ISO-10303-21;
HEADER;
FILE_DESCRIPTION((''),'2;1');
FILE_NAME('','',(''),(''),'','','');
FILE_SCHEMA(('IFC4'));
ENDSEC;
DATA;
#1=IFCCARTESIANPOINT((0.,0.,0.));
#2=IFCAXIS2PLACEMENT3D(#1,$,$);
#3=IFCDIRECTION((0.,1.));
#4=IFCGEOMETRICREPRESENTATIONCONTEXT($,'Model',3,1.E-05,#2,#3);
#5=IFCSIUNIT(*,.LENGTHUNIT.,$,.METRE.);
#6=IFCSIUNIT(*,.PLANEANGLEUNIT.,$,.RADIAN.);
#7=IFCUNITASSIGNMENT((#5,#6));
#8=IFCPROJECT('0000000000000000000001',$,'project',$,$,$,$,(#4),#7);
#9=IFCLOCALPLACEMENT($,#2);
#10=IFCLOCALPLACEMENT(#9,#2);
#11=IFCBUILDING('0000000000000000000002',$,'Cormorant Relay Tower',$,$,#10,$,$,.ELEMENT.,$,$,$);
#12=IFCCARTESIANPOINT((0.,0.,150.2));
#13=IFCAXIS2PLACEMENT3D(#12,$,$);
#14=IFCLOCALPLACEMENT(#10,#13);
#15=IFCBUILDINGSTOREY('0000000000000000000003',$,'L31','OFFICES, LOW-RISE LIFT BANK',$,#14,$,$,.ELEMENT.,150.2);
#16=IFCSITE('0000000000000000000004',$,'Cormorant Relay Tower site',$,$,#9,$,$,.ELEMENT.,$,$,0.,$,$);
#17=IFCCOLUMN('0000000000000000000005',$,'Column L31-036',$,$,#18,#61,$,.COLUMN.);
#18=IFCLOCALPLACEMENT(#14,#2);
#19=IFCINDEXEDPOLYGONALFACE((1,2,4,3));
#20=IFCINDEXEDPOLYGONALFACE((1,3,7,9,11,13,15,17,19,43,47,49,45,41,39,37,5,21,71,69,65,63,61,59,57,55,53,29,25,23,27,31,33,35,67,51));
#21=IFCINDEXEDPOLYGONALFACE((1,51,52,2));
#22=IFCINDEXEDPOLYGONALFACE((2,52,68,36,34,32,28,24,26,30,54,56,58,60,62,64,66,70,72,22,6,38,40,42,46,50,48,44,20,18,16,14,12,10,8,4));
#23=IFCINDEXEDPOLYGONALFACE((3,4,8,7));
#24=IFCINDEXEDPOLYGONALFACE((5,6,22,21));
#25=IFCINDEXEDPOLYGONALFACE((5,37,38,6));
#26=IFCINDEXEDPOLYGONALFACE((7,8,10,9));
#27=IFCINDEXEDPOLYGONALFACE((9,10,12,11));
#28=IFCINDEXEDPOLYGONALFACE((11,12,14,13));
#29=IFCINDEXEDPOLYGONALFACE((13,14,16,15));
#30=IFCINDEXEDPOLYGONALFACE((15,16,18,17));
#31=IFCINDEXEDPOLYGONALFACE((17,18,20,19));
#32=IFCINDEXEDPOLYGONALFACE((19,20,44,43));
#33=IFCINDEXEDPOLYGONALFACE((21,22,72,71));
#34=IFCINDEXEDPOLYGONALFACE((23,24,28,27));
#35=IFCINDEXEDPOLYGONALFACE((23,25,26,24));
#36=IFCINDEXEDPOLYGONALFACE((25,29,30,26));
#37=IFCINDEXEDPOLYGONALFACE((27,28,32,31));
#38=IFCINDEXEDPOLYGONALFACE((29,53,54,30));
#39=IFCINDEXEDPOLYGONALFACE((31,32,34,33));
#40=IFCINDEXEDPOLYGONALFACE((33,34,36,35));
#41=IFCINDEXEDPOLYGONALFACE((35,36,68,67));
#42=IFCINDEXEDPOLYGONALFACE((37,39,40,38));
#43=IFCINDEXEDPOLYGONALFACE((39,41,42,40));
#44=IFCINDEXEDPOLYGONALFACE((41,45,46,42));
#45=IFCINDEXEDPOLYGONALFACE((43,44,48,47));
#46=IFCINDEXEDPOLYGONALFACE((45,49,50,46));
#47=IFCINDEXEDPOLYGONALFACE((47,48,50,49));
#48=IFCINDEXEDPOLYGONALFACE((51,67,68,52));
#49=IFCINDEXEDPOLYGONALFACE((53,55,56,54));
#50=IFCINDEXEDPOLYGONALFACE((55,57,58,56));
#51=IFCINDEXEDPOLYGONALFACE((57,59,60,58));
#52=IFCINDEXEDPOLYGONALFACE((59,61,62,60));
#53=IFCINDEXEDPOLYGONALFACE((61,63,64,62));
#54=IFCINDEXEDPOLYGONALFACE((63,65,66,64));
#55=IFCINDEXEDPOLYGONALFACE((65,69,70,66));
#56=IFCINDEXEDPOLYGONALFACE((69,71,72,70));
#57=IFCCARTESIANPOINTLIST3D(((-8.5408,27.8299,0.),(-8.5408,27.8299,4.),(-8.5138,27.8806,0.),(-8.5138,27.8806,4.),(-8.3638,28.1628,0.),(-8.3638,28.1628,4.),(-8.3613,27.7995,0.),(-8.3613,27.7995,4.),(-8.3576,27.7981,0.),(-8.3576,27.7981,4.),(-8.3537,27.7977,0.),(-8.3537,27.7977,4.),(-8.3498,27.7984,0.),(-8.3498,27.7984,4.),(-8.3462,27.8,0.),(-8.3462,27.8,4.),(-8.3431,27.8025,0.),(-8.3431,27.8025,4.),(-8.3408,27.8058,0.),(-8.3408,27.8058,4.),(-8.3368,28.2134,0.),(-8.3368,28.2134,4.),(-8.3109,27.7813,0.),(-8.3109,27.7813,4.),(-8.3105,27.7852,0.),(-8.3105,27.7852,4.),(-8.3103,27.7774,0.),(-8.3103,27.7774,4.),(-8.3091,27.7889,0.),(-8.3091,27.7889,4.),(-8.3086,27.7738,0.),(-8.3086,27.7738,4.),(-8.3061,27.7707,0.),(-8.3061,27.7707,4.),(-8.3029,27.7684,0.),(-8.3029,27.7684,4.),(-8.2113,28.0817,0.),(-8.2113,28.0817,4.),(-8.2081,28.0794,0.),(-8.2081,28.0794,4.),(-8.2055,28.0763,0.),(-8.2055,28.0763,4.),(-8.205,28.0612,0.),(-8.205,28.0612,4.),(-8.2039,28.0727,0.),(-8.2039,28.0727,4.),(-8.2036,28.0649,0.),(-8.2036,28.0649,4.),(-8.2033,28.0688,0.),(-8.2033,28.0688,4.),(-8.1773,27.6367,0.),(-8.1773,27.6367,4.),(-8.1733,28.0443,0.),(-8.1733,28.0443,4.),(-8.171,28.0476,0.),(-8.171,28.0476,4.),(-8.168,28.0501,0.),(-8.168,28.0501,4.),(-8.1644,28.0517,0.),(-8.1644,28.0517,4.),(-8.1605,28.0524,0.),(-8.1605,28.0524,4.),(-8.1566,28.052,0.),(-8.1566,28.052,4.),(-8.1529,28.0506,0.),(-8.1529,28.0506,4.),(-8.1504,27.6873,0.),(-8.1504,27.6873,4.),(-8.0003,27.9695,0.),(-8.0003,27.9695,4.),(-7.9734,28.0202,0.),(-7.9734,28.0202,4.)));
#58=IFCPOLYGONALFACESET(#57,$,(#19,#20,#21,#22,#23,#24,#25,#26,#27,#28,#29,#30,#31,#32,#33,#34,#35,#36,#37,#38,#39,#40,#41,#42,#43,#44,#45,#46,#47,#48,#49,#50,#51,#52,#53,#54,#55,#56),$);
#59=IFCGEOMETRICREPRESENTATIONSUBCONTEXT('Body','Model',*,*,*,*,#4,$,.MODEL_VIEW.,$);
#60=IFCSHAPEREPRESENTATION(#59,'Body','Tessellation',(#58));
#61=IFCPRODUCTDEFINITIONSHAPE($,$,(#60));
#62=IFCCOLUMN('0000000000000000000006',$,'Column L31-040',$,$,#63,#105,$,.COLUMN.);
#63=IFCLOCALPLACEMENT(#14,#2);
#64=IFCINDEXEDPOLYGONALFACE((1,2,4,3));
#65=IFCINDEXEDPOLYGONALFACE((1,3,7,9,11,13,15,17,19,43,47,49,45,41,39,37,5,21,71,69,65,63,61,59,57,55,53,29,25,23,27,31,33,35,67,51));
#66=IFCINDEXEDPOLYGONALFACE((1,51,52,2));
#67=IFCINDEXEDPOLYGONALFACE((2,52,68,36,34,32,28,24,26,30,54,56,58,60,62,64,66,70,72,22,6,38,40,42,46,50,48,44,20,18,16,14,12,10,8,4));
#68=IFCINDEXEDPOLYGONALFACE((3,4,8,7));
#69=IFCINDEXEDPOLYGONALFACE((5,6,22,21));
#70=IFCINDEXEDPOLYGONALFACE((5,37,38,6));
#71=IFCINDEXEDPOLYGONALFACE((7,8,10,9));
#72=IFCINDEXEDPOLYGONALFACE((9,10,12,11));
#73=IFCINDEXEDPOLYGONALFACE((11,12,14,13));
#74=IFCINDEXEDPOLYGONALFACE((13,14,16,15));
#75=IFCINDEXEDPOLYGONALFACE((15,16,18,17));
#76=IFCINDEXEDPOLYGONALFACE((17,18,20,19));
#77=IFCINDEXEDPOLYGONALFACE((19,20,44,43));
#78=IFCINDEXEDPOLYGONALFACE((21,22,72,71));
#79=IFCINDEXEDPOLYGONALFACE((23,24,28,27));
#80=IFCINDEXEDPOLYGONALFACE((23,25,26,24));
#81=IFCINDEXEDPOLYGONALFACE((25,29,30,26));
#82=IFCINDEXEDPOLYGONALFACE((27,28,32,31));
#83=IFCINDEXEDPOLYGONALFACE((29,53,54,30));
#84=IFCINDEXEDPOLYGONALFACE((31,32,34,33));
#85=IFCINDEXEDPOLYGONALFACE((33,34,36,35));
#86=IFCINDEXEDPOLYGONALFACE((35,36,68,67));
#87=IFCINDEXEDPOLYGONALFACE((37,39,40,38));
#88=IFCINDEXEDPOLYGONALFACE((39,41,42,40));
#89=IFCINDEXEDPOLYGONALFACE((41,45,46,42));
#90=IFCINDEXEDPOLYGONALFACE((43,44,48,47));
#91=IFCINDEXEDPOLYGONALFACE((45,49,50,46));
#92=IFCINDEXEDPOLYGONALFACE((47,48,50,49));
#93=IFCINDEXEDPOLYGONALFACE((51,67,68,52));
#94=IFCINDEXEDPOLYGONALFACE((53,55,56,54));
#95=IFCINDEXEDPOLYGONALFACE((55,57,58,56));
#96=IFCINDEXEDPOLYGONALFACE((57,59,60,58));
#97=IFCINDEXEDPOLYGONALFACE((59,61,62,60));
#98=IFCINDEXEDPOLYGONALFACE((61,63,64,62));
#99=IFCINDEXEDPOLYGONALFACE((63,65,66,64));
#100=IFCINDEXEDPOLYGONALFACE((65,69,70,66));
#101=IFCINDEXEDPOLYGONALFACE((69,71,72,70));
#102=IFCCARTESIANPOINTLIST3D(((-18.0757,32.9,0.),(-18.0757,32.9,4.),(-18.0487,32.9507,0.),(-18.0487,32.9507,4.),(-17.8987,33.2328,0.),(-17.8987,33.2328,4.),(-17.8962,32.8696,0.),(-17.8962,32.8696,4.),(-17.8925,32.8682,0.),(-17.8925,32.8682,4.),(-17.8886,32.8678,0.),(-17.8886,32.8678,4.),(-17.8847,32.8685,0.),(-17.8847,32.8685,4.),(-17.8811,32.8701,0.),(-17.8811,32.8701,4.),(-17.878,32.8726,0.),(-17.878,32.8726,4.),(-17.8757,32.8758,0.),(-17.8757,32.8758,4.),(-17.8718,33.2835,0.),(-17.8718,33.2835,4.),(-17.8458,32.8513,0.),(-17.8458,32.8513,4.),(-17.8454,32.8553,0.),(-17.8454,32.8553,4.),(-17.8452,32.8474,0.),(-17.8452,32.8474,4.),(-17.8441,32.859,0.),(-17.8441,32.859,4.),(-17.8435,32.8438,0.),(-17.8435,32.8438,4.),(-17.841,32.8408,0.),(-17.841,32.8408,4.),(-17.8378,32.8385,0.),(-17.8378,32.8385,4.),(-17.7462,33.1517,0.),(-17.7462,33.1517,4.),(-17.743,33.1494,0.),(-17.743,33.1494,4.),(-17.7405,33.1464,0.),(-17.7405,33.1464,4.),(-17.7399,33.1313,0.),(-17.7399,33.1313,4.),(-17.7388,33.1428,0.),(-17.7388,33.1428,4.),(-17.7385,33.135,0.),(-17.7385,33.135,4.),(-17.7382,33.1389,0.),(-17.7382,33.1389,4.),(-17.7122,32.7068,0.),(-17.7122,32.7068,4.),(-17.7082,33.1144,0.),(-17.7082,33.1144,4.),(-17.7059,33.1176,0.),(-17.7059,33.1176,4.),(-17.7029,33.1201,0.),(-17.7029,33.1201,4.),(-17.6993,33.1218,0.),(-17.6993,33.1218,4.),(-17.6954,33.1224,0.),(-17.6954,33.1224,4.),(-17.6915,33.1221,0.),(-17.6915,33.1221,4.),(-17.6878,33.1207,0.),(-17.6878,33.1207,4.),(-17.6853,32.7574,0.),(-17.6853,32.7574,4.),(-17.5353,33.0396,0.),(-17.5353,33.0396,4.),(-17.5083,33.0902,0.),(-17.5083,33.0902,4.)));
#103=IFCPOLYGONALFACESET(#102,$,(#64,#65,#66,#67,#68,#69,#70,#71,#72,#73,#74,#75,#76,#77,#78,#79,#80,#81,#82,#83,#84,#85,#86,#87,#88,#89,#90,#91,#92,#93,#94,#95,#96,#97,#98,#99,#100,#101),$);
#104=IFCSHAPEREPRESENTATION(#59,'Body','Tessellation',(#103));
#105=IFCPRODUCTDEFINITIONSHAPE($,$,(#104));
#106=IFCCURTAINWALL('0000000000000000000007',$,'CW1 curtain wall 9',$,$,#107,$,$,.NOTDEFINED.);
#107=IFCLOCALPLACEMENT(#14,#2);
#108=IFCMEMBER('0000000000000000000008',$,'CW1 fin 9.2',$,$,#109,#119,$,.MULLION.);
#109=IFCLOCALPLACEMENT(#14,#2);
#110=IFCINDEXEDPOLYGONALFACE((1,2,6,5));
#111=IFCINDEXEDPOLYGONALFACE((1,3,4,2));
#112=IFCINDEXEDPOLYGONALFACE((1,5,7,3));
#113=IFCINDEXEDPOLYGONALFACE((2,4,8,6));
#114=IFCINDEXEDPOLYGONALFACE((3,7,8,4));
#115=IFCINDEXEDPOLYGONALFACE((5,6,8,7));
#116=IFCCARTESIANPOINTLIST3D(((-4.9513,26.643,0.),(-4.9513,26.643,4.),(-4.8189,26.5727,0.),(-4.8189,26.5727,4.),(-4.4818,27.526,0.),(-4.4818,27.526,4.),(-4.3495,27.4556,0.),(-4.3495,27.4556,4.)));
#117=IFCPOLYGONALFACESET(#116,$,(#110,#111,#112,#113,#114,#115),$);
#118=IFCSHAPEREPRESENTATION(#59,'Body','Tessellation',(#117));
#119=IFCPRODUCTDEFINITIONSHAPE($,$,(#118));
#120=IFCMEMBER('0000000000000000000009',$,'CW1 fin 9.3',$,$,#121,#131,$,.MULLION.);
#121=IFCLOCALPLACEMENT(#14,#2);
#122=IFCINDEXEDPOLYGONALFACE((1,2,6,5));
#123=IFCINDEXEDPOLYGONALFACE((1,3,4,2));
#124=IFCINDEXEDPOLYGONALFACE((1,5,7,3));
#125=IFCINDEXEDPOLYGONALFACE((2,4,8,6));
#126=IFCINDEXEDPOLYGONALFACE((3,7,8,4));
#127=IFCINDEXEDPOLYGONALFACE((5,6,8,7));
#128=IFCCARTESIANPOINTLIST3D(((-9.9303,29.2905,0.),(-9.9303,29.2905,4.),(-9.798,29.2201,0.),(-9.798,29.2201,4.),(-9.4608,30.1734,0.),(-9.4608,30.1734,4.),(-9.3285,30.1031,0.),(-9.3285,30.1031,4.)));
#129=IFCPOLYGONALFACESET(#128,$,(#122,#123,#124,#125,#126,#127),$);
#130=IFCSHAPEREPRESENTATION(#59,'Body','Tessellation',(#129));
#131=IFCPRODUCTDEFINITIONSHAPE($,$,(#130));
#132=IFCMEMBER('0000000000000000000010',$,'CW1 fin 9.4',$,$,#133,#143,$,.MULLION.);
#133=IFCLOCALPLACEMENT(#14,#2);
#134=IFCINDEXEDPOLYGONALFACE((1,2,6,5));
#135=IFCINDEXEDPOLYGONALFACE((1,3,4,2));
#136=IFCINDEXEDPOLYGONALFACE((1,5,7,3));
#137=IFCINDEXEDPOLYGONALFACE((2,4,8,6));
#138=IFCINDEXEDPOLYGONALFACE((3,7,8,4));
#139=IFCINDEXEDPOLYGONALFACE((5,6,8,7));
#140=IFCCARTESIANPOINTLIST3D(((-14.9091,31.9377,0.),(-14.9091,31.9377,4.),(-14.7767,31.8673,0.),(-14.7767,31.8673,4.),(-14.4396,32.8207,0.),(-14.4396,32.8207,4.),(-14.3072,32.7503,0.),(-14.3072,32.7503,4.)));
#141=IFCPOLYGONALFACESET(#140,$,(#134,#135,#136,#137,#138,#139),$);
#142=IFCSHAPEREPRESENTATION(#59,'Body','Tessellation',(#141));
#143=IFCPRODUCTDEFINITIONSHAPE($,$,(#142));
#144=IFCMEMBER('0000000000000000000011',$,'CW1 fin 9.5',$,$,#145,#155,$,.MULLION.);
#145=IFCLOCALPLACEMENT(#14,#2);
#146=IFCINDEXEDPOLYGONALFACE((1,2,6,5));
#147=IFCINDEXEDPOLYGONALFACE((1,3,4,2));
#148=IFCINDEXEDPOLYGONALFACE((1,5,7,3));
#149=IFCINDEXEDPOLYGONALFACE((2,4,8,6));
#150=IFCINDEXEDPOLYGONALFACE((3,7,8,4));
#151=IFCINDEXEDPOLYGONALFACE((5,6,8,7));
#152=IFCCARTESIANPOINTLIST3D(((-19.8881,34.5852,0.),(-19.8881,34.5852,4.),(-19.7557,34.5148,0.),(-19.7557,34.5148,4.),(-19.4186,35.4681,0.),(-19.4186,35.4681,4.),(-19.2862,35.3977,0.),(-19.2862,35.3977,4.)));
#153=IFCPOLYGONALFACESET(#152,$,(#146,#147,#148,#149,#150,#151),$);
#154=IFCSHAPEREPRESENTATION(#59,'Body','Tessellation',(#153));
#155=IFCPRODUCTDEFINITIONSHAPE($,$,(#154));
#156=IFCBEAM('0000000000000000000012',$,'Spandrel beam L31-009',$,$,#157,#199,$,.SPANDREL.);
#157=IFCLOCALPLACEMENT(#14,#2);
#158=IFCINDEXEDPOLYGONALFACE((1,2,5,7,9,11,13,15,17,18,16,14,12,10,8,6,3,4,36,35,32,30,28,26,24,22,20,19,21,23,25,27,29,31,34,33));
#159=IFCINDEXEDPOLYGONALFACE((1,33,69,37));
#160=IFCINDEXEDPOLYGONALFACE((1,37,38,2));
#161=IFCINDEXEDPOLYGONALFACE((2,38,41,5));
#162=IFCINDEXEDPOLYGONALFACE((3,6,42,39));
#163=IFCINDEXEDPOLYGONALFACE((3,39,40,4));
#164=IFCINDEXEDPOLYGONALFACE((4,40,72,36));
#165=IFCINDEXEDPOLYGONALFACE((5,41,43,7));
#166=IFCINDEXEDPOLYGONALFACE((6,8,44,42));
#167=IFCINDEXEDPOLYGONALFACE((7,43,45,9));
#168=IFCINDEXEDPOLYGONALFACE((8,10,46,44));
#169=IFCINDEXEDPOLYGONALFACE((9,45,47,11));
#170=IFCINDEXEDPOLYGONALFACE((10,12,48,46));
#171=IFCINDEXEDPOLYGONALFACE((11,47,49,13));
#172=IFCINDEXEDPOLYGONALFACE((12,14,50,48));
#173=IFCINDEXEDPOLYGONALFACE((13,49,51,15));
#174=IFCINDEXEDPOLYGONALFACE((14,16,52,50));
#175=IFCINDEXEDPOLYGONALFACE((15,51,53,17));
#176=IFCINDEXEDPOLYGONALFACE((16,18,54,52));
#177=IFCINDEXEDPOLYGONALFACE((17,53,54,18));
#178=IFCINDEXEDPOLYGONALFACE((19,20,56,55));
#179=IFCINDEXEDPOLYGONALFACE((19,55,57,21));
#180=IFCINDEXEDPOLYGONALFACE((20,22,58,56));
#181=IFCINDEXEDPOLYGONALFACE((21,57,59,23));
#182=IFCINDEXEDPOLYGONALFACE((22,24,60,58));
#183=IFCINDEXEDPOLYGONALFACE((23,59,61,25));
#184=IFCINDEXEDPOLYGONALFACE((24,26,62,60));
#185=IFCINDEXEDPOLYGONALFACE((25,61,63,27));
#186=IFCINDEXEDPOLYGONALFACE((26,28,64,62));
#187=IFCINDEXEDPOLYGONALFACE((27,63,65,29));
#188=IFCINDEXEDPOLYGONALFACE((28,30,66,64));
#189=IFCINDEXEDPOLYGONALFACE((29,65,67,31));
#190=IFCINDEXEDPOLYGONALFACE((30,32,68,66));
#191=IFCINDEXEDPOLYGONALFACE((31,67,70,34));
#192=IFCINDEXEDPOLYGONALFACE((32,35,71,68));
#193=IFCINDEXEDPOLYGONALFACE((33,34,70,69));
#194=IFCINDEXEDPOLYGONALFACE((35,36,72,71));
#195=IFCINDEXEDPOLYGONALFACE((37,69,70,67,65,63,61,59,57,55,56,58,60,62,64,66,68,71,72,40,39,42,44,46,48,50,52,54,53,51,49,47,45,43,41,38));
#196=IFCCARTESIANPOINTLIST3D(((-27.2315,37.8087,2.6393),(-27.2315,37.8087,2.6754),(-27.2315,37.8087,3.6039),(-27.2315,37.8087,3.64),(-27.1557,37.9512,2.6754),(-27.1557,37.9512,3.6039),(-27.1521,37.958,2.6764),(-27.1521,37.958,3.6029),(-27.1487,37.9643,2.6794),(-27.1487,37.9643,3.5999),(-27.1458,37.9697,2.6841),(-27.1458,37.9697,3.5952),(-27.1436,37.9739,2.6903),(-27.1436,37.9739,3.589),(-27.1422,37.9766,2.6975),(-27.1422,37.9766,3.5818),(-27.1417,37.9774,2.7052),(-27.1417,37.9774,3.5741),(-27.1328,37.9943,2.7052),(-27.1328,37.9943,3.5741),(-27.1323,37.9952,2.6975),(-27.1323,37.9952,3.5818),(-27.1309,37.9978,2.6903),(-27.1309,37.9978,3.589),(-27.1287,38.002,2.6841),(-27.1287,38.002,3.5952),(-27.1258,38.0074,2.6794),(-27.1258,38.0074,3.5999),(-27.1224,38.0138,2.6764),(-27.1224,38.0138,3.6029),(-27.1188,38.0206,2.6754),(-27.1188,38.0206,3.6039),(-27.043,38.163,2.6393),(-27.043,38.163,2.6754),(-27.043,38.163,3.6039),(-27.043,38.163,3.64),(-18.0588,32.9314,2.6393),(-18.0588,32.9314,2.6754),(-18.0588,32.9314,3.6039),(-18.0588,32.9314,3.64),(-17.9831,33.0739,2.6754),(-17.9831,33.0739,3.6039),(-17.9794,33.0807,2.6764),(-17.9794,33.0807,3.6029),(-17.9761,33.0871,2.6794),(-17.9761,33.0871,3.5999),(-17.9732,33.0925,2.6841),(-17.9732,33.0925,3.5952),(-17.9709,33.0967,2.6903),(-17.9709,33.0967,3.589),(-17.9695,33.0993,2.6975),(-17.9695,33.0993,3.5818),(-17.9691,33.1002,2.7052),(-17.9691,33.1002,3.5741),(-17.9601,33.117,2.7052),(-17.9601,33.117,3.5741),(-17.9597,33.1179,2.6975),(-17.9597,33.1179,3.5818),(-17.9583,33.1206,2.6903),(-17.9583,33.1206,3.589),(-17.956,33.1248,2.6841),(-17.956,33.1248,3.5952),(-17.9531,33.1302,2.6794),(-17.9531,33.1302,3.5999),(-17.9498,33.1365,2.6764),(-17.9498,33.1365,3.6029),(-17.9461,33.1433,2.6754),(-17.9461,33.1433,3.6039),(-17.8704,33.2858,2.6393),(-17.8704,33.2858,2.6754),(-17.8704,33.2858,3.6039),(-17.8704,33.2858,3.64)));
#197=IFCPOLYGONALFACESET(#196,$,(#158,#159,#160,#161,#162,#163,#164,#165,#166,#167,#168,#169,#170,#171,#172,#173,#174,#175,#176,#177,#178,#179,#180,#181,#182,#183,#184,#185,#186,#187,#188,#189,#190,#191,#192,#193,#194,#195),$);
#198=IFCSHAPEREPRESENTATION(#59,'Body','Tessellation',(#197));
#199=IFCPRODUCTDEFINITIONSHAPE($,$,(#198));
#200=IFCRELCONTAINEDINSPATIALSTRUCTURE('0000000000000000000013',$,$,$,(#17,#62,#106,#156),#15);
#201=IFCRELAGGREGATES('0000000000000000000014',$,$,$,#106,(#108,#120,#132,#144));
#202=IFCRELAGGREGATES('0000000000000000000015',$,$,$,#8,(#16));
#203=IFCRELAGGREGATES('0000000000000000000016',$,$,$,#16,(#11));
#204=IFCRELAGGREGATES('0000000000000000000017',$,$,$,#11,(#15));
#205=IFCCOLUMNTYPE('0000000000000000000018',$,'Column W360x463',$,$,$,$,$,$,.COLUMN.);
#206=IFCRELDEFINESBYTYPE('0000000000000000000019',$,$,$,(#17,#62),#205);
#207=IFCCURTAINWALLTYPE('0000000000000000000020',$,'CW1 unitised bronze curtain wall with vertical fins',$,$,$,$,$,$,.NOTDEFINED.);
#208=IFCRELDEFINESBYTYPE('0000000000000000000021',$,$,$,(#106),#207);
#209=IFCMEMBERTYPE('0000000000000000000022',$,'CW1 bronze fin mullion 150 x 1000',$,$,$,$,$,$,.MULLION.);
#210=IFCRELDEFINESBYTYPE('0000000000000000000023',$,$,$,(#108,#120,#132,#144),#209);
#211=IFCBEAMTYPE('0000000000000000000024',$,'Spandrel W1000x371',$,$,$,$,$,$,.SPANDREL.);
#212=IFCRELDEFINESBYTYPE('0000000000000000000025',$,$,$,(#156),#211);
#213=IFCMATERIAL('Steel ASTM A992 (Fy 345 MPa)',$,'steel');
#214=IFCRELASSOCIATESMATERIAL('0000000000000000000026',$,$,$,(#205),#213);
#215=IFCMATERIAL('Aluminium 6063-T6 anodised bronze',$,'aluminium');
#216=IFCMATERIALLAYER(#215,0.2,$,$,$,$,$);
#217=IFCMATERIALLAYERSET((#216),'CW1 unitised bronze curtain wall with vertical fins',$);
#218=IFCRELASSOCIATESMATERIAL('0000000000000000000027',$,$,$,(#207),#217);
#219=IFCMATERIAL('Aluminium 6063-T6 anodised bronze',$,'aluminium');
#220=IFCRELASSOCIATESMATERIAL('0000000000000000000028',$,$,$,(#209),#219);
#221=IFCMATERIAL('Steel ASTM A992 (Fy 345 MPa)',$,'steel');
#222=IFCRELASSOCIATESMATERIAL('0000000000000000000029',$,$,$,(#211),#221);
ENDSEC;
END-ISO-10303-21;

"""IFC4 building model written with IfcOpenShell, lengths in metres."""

from ifc_helpers import new_model, si_unit, direction, frame, origin, origin_2d, place, context, subcontext, project, spatial, rectangle, i_section, extrude, material, layer, layer_set, material_profile, profile_set, type_object, element, aggregate, save


model = new_model("IFC4")

# Units and contexts
model_context = context("Model", 3, precision=1e-05, world=origin(), true_north=direction((0.0, 1.0)))
body_context = subcontext(model_context, "Body", "Model", "MODEL_VIEW")
ifc_project = project(units=[si_unit("LENGTHUNIT", "METRE"), si_unit("PLANEANGLEUNIT", "RADIAN")], contexts=[model_context])

# Site, building, storey
site_placement = place(None, origin())
site = spatial("IfcSite", under=ifc_project, at=site_placement, Name="Cormorant Relay Tower site", CompositionType="ELEMENT", RefElevation=0.0)
building_placement = place(site_placement, origin())
building = spatial("IfcBuilding", under=site, at=building_placement, Name="Cormorant Relay Tower", CompositionType="ELEMENT")
storey_placement = place(building_placement, frame((0.0, 0.0, 150.2)))
storey = spatial("IfcBuildingStorey", under=building, at=storey_placement, Name="L31", Description="OFFICES, LOW-RISE LIFT BANK", CompositionType="ELEMENT", Elevation=150.2)

# Columns
ifc_material_1 = material(Name="Steel ASTM A992 (Fy 345 MPa)", Category="steel")
ifc_material_profile_1 = material_profile(ifc_material_1, i_section(OverallWidth=0.4116, OverallDepth=0.4343, WebThickness=0.0359, FlangeThickness=0.0574, FilletRadius=0.0151, at=origin_2d()), Name="W360x463")
ifc_profile_set_1 = profile_set([ifc_material_profile_1], Name="Steel ASTM A992 (Fy 345 MPa)")
column_type = type_object("IfcColumnType", Name="Column W360x463", PredefinedType="COLUMN", material=ifc_profile_set_1)
for number, where, z_axis, x_axis, name in (
    (1, (-8.2571, 27.925, 0.0), (0.0, 0.0, 1.0), (-0.882948, 0.469472, 0.0), "Column L31-036"),
    (2, (-17.792, 32.9951, 0.0), (0.0, 0.0, 1.0), (-0.882948, 0.469472, 0.0), "Column L31-040"),
):
    element("IfcColumn", number, at=place(storey_placement, frame(where, z_axis=z_axis, x_axis=x_axis)), inside=storey, type_object=column_type, Name=name, PredefinedType="COLUMN", context=body_context, shape_type="SweptSolid", body=[
        extrude(i_section(OverallWidth=0.4116, OverallDepth=0.4343, WebThickness=0.0359, FlangeThickness=0.0574, FilletRadius=0.0151, at=origin_2d()), origin(), (0.0, 0.0, 1.0), 4.0),
    ])

# Curtain wall, members
ifc_material_2 = material(Name="Aluminium 6063-T6 anodised bronze", Category="aluminium")
ifc_layer_1 = layer(ifc_material_2, 0.2)
ifc_layer_set_1 = layer_set([ifc_layer_1], Name="CW1 unitised bronze curtain wall with vertical fins")
curtain_wall_type = type_object("IfcCurtainWallType", Name="CW1 unitised bronze curtain wall with vertical fins", PredefinedType="NOTDEFINED", material=ifc_layer_set_1)
curtain_wall_placement = place(storey_placement, origin())
curtain_wall = element("IfcCurtainWall", 3, at=curtain_wall_placement, inside=storey, type_object=curtain_wall_type, Name="CW1 curtain wall 9", PredefinedType="NOTDEFINED")
ifc_material_3 = material(Name="Aluminium 6063-T6 anodised bronze", Category="aluminium")
ifc_material_profile_2 = material_profile(ifc_material_3, rectangle(XDim=0.1499, YDim=1.0, at=origin_2d()), Name="AL 150x1000")
ifc_profile_set_2 = profile_set([ifc_material_profile_2], Name="Aluminium 6063-T6 anodised bronze")
member_type = type_object("IfcMemberType", Name="CW1 bronze fin mullion 150 x 1000", PredefinedType="MULLION", material=ifc_profile_set_2)
member_1_placement = place(storey_placement, frame((-4.6504, 27.0493, 0.0), z_axis=(0.0, 0.0, 1.0), x_axis=(-0.882948, 0.469472, 0.0)))
member_1 = element("IfcMember", 4, at=member_1_placement, type_object=member_type, Name="CW1 fin 9.2", PredefinedType="MULLION", context=body_context, shape_type="SweptSolid", body=[
    extrude(rectangle(XDim=0.1499, YDim=1.0, at=origin_2d()), origin(), (0.0, 0.0, 1.0), 4.0),
])
member_2_placement = place(storey_placement, frame((-9.6294, 29.6968, 0.0), z_axis=(0.0, 0.0, 1.0), x_axis=(-0.882948, 0.469472, 0.0)))
member_2 = element("IfcMember", 5, at=member_2_placement, type_object=member_type, Name="CW1 fin 9.3", PredefinedType="MULLION", context=body_context, shape_type="SweptSolid", body=[
    extrude(rectangle(XDim=0.1499, YDim=1.0, at=origin_2d()), origin(), (0.0, 0.0, 1.0), 4.0),
])
member_3_placement = place(storey_placement, frame((-14.6082, 32.344, 0.0), z_axis=(0.0, 0.0, 1.0), x_axis=(-0.882948, 0.469472, 0.0)))
member_3 = element("IfcMember", 6, at=member_3_placement, type_object=member_type, Name="CW1 fin 9.4", PredefinedType="MULLION", context=body_context, shape_type="SweptSolid", body=[
    extrude(rectangle(XDim=0.1499, YDim=1.0, at=origin_2d()), origin(), (0.0, 0.0, 1.0), 4.0),
])
member_4_placement = place(storey_placement, frame((-19.5872, 34.9915, 0.0), z_axis=(0.0, 0.0, 1.0), x_axis=(-0.882948, 0.469472, 0.0)))
member_4 = element("IfcMember", 7, at=member_4_placement, type_object=member_type, Name="CW1 fin 9.5", PredefinedType="MULLION", context=body_context, shape_type="SweptSolid", body=[
    extrude(rectangle(XDim=0.1499, YDim=1.0, at=origin_2d()), origin(), (0.0, 0.0, 1.0), 4.0),
])

# Beam
ifc_material_4 = material(Name="Steel ASTM A992 (Fy 345 MPa)", Category="steel")
ifc_material_profile_3 = material_profile(ifc_material_4, i_section(OverallWidth=0.4014, OverallDepth=1.0007, WebThickness=0.019, FlangeThickness=0.0361, FilletRadius=0.0298, at=origin_2d()), Name="W1000x371")
ifc_profile_set_3 = profile_set([ifc_material_profile_3], Name="Steel ASTM A992 (Fy 345 MPa)")
beam_type_1 = type_object("IfcBeamType", Name="Spandrel W1000x371", PredefinedType="SPANDREL", material=ifc_profile_set_3)
beam_1_placement = place(storey_placement, frame((-17.9646, 33.1086, 3.1396), z_axis=(-0.882946, 0.469474, 0.0), x_axis=(-0.469474, -0.882946, 0.0)))
element("IfcBeam", 8, at=beam_1_placement, inside=storey, type_object=beam_type_1, Name="Spandrel beam L31-009", PredefinedType="SPANDREL", context=body_context, shape_type="SweptSolid", body=[
    extrude(i_section(OverallWidth=0.4014, OverallDepth=1.0007, WebThickness=0.019, FlangeThickness=0.0361, FilletRadius=0.0298, at=origin_2d()), origin(), (0.0, 0.0, 1.0), 10.3887),
])

aggregate(curtain_wall, [member_1, member_2, member_3, member_4])

save(model, "model.ifc")
